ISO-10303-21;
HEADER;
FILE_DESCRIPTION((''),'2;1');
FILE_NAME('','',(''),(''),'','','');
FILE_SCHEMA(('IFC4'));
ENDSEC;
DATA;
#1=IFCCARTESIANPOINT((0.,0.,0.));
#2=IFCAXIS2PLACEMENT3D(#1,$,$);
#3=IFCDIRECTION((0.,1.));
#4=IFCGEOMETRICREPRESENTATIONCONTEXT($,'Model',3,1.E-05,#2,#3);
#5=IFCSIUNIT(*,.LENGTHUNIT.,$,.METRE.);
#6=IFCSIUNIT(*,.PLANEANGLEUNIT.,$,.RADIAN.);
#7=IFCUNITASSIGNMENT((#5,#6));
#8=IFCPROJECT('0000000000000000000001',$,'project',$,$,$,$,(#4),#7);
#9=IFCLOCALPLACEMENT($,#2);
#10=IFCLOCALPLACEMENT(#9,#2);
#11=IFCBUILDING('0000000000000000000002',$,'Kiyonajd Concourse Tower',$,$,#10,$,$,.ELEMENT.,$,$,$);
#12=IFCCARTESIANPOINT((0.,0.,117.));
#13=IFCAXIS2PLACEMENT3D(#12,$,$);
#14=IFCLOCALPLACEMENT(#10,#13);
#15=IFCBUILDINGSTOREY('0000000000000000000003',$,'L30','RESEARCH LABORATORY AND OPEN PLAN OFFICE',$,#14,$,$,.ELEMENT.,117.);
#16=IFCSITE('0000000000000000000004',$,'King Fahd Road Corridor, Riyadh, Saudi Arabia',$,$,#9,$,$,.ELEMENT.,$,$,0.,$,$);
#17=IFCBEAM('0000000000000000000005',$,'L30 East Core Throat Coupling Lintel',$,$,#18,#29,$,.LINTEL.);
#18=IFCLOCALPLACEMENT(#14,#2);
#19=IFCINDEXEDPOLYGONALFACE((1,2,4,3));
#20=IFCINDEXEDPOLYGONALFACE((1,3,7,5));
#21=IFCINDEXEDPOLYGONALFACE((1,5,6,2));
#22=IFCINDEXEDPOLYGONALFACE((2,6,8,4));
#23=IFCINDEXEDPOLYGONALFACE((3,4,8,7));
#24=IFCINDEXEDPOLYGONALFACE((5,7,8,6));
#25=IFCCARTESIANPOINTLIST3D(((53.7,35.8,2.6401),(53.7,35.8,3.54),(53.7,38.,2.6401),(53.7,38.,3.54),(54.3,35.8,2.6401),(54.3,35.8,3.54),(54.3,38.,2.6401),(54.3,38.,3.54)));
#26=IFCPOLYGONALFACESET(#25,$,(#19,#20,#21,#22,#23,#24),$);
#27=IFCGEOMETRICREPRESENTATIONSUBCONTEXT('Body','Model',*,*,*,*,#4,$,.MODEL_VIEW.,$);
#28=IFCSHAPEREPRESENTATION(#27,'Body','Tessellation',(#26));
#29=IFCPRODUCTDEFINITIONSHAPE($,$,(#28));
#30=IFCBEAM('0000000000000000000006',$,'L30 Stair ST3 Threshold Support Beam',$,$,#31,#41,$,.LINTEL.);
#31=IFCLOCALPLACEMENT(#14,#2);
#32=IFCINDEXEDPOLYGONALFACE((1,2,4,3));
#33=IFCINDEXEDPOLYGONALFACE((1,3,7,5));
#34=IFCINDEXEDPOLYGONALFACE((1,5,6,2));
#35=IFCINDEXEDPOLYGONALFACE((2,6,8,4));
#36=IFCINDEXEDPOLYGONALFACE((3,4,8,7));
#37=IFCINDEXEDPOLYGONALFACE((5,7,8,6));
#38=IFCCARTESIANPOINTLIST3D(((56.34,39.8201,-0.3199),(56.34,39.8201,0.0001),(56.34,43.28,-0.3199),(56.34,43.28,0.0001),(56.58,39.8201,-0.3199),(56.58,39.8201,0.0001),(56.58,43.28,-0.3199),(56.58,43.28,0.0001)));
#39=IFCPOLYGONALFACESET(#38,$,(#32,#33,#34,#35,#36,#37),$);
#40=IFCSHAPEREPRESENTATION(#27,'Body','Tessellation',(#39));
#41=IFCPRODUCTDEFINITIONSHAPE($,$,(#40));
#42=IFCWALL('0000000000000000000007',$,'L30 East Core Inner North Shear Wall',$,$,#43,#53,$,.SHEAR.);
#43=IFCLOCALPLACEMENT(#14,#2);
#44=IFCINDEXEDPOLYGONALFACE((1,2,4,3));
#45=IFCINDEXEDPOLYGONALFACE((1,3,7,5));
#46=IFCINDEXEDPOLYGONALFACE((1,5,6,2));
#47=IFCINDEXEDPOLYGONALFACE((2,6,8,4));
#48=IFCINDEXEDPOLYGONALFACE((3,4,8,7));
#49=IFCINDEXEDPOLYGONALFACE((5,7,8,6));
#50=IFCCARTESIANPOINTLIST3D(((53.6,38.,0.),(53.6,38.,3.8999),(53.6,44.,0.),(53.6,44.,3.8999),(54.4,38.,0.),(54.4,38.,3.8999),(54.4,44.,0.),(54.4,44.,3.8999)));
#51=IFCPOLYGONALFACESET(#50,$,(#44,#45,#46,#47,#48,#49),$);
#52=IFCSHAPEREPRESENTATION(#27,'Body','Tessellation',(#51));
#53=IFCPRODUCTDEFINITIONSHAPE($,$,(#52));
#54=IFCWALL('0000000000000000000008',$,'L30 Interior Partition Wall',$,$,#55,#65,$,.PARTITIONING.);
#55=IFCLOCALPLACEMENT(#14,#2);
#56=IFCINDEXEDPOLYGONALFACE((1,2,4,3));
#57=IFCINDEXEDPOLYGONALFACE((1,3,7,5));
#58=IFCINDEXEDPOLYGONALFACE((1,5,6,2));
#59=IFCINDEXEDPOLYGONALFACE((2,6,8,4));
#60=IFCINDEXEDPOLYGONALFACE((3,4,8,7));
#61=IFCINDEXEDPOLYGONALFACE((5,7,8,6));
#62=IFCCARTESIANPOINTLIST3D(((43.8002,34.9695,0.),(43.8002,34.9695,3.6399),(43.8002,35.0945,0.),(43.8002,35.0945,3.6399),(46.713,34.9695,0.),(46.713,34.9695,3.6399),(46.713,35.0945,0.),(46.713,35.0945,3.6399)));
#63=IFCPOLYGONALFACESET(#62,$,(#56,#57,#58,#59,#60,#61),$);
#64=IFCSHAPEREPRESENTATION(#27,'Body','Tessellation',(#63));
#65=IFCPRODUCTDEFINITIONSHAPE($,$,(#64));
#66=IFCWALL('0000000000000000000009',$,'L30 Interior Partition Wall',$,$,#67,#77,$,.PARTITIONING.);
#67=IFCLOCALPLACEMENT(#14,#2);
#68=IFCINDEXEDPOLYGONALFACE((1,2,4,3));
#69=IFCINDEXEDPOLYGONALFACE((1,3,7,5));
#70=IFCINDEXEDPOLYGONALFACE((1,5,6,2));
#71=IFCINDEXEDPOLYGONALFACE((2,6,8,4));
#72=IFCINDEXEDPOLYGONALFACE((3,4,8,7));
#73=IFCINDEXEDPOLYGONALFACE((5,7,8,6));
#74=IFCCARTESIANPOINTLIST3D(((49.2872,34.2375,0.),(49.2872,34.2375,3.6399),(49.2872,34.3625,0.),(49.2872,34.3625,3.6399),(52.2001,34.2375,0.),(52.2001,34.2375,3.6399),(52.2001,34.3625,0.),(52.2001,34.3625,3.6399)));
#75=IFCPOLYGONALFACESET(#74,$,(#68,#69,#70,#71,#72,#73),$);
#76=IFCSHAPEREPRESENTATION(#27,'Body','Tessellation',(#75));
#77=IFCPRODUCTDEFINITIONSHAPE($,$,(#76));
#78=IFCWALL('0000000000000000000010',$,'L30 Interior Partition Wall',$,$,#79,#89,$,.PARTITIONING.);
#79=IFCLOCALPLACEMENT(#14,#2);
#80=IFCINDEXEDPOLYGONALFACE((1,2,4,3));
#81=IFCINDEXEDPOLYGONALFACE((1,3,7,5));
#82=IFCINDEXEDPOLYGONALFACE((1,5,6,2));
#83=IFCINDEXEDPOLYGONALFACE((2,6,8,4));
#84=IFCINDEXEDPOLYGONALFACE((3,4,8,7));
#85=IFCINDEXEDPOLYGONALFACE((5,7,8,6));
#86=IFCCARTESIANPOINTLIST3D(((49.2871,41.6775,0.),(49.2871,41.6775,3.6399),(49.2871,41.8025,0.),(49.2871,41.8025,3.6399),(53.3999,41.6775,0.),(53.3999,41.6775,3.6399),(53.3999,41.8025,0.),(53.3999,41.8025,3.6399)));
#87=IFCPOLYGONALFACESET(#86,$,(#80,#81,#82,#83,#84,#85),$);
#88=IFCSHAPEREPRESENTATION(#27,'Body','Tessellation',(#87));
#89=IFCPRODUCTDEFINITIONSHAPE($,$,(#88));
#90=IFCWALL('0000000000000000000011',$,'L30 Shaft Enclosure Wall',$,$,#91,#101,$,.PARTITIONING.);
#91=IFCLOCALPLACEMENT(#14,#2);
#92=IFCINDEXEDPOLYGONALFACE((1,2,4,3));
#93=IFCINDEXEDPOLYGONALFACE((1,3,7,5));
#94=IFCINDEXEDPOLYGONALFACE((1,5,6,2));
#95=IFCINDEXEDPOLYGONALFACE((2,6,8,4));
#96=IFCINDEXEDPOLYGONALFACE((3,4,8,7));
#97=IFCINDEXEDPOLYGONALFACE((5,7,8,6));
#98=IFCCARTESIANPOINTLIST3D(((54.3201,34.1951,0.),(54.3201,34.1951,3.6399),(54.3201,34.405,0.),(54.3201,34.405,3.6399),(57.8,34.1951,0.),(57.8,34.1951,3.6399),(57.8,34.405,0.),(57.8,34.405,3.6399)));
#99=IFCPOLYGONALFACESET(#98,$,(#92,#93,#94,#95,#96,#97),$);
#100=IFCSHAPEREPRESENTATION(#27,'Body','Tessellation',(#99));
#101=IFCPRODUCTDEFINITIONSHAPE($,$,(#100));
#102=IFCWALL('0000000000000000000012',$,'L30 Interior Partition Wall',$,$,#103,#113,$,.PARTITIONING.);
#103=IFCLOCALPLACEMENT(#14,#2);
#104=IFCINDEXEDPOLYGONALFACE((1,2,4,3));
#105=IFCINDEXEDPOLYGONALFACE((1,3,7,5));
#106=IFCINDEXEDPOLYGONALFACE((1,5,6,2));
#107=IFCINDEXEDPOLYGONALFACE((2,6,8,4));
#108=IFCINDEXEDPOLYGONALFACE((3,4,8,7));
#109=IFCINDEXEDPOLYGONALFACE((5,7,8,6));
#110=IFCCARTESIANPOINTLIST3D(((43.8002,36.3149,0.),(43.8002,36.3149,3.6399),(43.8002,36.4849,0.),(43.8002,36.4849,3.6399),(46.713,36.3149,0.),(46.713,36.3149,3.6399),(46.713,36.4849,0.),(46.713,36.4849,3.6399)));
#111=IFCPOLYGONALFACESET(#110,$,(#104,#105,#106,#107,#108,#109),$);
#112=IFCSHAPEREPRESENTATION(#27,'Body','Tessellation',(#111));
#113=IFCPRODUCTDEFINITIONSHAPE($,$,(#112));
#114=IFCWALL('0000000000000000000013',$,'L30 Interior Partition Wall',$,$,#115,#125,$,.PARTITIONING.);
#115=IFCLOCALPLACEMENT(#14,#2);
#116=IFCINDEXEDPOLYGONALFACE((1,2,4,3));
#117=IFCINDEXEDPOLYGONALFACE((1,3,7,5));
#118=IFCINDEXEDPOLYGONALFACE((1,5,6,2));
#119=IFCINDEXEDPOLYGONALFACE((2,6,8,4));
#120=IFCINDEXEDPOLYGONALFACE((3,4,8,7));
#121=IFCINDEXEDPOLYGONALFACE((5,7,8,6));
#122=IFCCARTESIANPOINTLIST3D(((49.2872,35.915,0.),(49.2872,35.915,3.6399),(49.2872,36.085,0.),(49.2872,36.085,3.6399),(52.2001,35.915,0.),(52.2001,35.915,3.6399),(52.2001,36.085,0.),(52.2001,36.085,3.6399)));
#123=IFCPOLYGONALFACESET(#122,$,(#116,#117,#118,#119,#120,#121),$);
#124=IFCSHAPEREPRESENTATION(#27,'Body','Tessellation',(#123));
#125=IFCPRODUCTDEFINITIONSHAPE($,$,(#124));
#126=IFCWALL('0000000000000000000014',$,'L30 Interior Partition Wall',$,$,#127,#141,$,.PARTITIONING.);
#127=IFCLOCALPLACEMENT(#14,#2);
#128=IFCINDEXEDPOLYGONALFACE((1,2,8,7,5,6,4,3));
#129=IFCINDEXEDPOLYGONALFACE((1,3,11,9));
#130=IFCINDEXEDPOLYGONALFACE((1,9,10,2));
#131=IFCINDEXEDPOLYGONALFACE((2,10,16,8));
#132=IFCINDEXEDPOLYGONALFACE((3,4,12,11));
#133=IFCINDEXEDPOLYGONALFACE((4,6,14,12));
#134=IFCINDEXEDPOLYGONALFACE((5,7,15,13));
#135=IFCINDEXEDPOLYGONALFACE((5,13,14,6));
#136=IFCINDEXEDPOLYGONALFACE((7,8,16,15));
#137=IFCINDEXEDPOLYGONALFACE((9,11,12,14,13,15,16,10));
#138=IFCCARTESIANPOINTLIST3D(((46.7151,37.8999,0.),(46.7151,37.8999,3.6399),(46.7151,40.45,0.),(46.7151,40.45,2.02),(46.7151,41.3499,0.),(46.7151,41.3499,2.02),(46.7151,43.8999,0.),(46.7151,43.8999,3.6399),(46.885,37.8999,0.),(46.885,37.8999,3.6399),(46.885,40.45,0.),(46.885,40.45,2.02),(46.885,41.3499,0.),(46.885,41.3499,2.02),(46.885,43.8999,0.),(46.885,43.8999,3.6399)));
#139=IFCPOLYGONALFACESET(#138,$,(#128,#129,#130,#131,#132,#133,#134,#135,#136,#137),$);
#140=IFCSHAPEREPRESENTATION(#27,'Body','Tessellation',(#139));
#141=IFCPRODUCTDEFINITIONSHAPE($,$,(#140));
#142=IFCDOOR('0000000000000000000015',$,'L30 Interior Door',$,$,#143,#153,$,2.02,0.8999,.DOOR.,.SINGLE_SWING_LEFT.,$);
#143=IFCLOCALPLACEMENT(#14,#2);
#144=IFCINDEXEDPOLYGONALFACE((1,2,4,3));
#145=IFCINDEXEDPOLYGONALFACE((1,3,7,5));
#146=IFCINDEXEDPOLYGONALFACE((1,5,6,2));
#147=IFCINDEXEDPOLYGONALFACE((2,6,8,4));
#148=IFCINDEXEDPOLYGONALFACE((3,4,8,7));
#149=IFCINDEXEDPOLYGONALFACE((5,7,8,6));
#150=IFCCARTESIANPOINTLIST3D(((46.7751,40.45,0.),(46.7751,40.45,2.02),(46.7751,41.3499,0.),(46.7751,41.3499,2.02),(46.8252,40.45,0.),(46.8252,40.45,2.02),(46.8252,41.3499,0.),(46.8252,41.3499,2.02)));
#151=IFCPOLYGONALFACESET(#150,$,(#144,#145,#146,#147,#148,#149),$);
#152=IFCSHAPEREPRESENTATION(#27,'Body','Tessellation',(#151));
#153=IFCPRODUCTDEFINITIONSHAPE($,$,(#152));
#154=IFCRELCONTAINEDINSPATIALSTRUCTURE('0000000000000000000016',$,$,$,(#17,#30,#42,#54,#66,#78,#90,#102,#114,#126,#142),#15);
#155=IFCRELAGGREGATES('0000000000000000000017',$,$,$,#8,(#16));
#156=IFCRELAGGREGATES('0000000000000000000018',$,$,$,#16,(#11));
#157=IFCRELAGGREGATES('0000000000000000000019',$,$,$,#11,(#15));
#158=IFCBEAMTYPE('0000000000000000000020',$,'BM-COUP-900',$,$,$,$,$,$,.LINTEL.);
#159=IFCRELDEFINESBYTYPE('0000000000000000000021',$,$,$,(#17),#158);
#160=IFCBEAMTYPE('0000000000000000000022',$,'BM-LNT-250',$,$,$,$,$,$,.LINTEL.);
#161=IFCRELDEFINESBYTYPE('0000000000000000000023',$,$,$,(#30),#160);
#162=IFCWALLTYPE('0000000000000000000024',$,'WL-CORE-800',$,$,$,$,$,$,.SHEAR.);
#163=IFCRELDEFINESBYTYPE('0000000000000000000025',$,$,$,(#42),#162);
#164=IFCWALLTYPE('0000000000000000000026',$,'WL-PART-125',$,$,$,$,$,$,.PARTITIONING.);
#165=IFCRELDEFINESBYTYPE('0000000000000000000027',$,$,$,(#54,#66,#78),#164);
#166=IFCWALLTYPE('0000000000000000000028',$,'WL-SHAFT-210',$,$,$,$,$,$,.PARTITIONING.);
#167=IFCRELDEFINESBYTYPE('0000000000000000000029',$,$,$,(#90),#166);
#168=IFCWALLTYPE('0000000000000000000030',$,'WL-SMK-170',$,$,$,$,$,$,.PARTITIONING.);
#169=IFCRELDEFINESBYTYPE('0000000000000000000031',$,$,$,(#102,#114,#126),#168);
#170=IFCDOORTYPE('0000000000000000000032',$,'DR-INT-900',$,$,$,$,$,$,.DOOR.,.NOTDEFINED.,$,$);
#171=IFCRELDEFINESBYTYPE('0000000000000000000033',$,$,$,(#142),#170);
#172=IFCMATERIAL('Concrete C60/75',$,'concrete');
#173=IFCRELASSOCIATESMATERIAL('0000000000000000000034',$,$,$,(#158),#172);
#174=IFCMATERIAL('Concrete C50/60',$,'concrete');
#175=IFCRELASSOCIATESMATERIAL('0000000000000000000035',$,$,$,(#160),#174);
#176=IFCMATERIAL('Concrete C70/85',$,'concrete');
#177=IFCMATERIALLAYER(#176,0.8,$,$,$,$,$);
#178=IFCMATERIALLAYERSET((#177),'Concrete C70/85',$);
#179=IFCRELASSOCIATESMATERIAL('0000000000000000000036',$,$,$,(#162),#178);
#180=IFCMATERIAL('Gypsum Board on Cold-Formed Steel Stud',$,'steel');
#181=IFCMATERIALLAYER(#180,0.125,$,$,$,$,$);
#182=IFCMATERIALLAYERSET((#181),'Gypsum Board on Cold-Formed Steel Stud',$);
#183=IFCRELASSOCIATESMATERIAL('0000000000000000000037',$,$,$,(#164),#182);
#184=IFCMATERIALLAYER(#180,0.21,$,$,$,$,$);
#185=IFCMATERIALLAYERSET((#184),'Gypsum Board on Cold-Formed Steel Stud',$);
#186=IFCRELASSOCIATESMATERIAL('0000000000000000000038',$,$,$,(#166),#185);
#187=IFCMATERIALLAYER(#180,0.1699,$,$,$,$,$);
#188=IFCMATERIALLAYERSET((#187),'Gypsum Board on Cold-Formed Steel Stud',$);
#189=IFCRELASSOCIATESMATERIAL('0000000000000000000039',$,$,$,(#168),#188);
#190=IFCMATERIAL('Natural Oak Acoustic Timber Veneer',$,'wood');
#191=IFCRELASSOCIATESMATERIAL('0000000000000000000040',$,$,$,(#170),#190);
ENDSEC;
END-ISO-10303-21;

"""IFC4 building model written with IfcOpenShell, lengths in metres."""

from ifc_helpers import new_model, si_unit, direction, frame, frame_2d, origin, origin_2d, place, context, subcontext, project, spatial, rectangle, extrude, material, layer, layer_set, material_profile, profile_set, type_object, element, fill, save


model = new_model("IFC4")

# Units and contexts
model_context = context("Model", 3, precision=1e-05, world=origin(), true_north=direction((0.0, 1.0)))
body_context = subcontext(model_context, "Body", "Model", "MODEL_VIEW")
ifc_project = project(units=[si_unit("LENGTHUNIT", "METRE"), si_unit("PLANEANGLEUNIT", "RADIAN")], contexts=[model_context])

# Site, building, storey
site_placement = place(None, origin())
site = spatial("IfcSite", under=ifc_project, at=site_placement, Name="King Fahd Road Corridor, Riyadh, Saudi Arabia", CompositionType="ELEMENT", RefElevation=0.0)
building_placement = place(site_placement, origin())
building = spatial("IfcBuilding", under=site, at=building_placement, Name="Kiyonajd Concourse Tower", CompositionType="ELEMENT")
storey_placement = place(building_placement, frame((0.0, 0.0, 117.0)))
storey = spatial("IfcBuildingStorey", under=building, at=storey_placement, Name="L30", Description="RESEARCH LABORATORY AND OPEN PLAN OFFICE", CompositionType="ELEMENT", Elevation=117.0)

# Beams
ifc_material_1 = material(Name="Concrete C60/75", Category="concrete")
ifc_material_profile_1 = material_profile(ifc_material_1, rectangle(XDim=0.6001, YDim=0.8999, at=origin_2d()), Name="RCBM-600x900")
ifc_profile_set_1 = profile_set([ifc_material_profile_1], Name="Concrete C60/75")
beam_type_1 = type_object("IfcBeamType", Name="BM-COUP-900", PredefinedType="LINTEL", material=ifc_profile_set_1)
beam_1_placement = place(storey_placement, frame((54.0, 35.8, 3.0901), z_axis=(0.0, 1.0, 0.0), x_axis=(-1.0, 0.0, 0.0)))
element("IfcBeam", 1, at=beam_1_placement, inside=storey, type_object=beam_type_1, Name="L30 East Core Throat Coupling Lintel", PredefinedType="LINTEL", context=body_context, shape_type="SweptSolid", body=[
    extrude(rectangle(XDim=0.6001, YDim=0.8999, at=origin_2d()), origin(), (0.0, 0.0, 1.0), 2.2),
])
ifc_material_2 = material(Name="Concrete C50/60", Category="concrete")
ifc_material_profile_2 = material_profile(ifc_material_2, rectangle(XDim=0.24, YDim=0.3201, at=origin_2d()), Name="RCBM-240x320")
ifc_profile_set_2 = profile_set([ifc_material_profile_2], Name="Concrete C50/60")
beam_type_2 = type_object("IfcBeamType", Name="BM-LNT-250", PredefinedType="LINTEL", material=ifc_profile_set_2)
beam_2_placement = place(storey_placement, frame((56.46, 39.8201, -0.1599), z_axis=(0.0, 1.0, 0.0), x_axis=(-1.0, 0.0, 0.0)))
element("IfcBeam", 2, at=beam_2_placement, inside=storey, type_object=beam_type_2, Name="L30 Stair ST3 Threshold Support Beam", PredefinedType="LINTEL", context=body_context, shape_type="SweptSolid", body=[
    extrude(rectangle(XDim=0.24, YDim=0.3201, at=origin_2d()), origin(), (0.0, 0.0, 1.0), 3.46),
])

# Walls
ifc_material_3 = material(Name="Concrete C70/85", Category="concrete")
ifc_layer_1 = layer(ifc_material_3, 0.8)
ifc_layer_set_1 = layer_set([ifc_layer_1], Name="Concrete C70/85")
wall_type_1 = type_object("IfcWallType", Name="WL-CORE-800", PredefinedType="SHEAR", material=ifc_layer_set_1)
wall_1_placement = place(storey_placement, frame((54.0, 38.0, 0.0), z_axis=(0.0, 0.0, 1.0), x_axis=(0.0, 1.0, 0.0)))
element("IfcWall", 3, at=wall_1_placement, inside=storey, type_object=wall_type_1, Name="L30 East Core Inner North Shear Wall", PredefinedType="SHEAR", context=body_context, shape_type="SweptSolid", body=[
    extrude(rectangle(XDim=6.0, YDim=0.8, at=frame_2d((3.0, 0.0))), origin(), (0.0, 0.0, 1.0), 3.8999),
])
ifc_material_4 = material(Name="Gypsum Board on Cold-Formed Steel Stud", Category="steel")
ifc_layer_2 = layer(ifc_material_4, 0.125)
ifc_layer_set_2 = layer_set([ifc_layer_2], Name="Gypsum Board on Cold-Formed Steel Stud")
wall_type_2 = type_object("IfcWallType", Name="WL-PART-125", PredefinedType="PARTITIONING", material=ifc_layer_set_2)
for number, where, z_axis, x_axis, name in (
    (4, (43.8, 35.032, 0.0), (0.0, 0.0, 1.0), (1.0, 0.0, 0.0), "L30 Interior Partition Wall"),
    (5, (49.2871, 34.3, 0.0), (0.0, 0.0, 1.0), (1.0, 0.0, 0.0), "L30 Interior Partition Wall"),
):
    element("IfcWall", number, at=place(storey_placement, frame(where, z_axis=z_axis, x_axis=x_axis)), inside=storey, type_object=wall_type_2, Name=name, PredefinedType="PARTITIONING", context=body_context, shape_type="SweptSolid", body=[
        extrude(rectangle(XDim=2.9128, YDim=0.125, at=frame_2d((1.4565, 0.0))), origin(), (0.0, 0.0, 1.0), 3.6399),
    ])
wall_2_placement = place(storey_placement, frame((49.2871, 41.74, 0.0), z_axis=(0.0, 0.0, 1.0), x_axis=(1.0, 0.0, 0.0)))
element("IfcWall", 6, at=wall_2_placement, inside=storey, type_object=wall_type_2, Name="L30 Interior Partition Wall", PredefinedType="PARTITIONING", context=body_context, shape_type="SweptSolid", body=[
    extrude(rectangle(XDim=4.1128, YDim=0.125, at=frame_2d((2.0564, 0.0))), origin(), (0.0, 0.0, 1.0), 3.6399),
])
ifc_layer_3 = layer(ifc_material_4, 0.21)
ifc_layer_set_3 = layer_set([ifc_layer_3], Name="Gypsum Board on Cold-Formed Steel Stud")
wall_type_3 = type_object("IfcWallType", Name="WL-SHAFT-210", PredefinedType="PARTITIONING", material=ifc_layer_set_3)
wall_3_placement = place(storey_placement, frame((54.3201, 34.3, 0.0), z_axis=(0.0, 0.0, 1.0), x_axis=(1.0, 0.0, 0.0)))
element("IfcWall", 7, at=wall_3_placement, inside=storey, type_object=wall_type_3, Name="L30 Shaft Enclosure Wall", PredefinedType="PARTITIONING", context=body_context, shape_type="SweptSolid", body=[
    extrude(rectangle(XDim=3.48, YDim=0.21, at=frame_2d((1.74, 0.0))), origin(), (0.0, 0.0, 1.0), 3.6399),
])
ifc_layer_4 = layer(ifc_material_4, 0.1699)
ifc_layer_set_4 = layer_set([ifc_layer_4], Name="Gypsum Board on Cold-Formed Steel Stud")
wall_type_4 = type_object("IfcWallType", Name="WL-SMK-170", PredefinedType="PARTITIONING", material=ifc_layer_set_4)
for number, where, z_axis, x_axis, name in (
    (8, (43.8, 36.3999, 0.0), (0.0, 0.0, 1.0), (1.0, 0.0, 0.0), "L30 Interior Partition Wall"),
    (9, (49.2871, 36.0, 0.0), (0.0, 0.0, 1.0), (1.0, 0.0, 0.0), "L30 Interior Partition Wall"),
):
    element("IfcWall", number, at=place(storey_placement, frame(where, z_axis=z_axis, x_axis=x_axis)), inside=storey, type_object=wall_type_4, Name=name, PredefinedType="PARTITIONING", context=body_context, shape_type="SweptSolid", body=[
        extrude(rectangle(XDim=2.9128, YDim=0.1699, at=frame_2d((1.4565, 0.0))), origin(), (0.0, 0.0, 1.0), 3.6399),
    ])

# Wall, opening, door
wall_4_placement = place(storey_placement, frame((46.8, 37.8999, 0.0), z_axis=(0.0, 0.0, 1.0), x_axis=(0.0, 1.0, 0.0)))
wall_4 = element("IfcWall", 10, at=wall_4_placement, inside=storey, type_object=wall_type_4, Name="L30 Interior Partition Wall", PredefinedType="PARTITIONING", context=body_context, shape_type="SweptSolid", body=[
    extrude(rectangle(XDim=6.0, YDim=0.1699, at=frame_2d((3.0, 0.0))), origin(), (0.0, 0.0, 1.0), 3.6399),
])
opening_1_placement = place(wall_4_placement, frame((2.55, 0.0, 0.0)))
opening_1 = element("IfcOpeningElement", 11, at=opening_1_placement, cuts=wall_4, PredefinedType="OPENING", context=body_context, shape_type="SweptSolid", body=[
    extrude(rectangle(XDim=0.8999, YDim=2.02, at=frame_2d((0.45, 1.01))), frame((0.0, 0.095, 0.0), z_axis=(0.0, -1.0, 0.0), x_axis=(1.0, 0.0, 0.0)), (0.0, 0.0, 1.0), 0.1899),
])
ifc_material_5 = material(Name="Natural Oak Acoustic Timber Veneer", Category="wood")
door_type_1 = type_object("IfcDoorType", Name="DR-INT-900", OperationType="NOTDEFINED", PredefinedType="DOOR", material=ifc_material_5)
door_1_placement = place(opening_1_placement, origin())
door_1 = element("IfcDoor", 12, at=door_1_placement, inside=storey, type_object=door_type_1, Name="L30 Interior Door", OperationType="SINGLE_SWING_LEFT", OverallHeight=2.02, OverallWidth=0.8999, PredefinedType="DOOR", context=body_context, shape_type="SweptSolid", body=[
    extrude(rectangle(XDim=0.8999, YDim=2.02, at=frame_2d((0.45, 1.01))), frame((0.0, 0.0249, 0.0), z_axis=(0.0, -1.0, 0.0), x_axis=(1.0, 0.0, 0.0)), (0.0, 0.0, 1.0), 0.05),
])
fill(opening_1, door_1)

save(model, "model.ifc")
